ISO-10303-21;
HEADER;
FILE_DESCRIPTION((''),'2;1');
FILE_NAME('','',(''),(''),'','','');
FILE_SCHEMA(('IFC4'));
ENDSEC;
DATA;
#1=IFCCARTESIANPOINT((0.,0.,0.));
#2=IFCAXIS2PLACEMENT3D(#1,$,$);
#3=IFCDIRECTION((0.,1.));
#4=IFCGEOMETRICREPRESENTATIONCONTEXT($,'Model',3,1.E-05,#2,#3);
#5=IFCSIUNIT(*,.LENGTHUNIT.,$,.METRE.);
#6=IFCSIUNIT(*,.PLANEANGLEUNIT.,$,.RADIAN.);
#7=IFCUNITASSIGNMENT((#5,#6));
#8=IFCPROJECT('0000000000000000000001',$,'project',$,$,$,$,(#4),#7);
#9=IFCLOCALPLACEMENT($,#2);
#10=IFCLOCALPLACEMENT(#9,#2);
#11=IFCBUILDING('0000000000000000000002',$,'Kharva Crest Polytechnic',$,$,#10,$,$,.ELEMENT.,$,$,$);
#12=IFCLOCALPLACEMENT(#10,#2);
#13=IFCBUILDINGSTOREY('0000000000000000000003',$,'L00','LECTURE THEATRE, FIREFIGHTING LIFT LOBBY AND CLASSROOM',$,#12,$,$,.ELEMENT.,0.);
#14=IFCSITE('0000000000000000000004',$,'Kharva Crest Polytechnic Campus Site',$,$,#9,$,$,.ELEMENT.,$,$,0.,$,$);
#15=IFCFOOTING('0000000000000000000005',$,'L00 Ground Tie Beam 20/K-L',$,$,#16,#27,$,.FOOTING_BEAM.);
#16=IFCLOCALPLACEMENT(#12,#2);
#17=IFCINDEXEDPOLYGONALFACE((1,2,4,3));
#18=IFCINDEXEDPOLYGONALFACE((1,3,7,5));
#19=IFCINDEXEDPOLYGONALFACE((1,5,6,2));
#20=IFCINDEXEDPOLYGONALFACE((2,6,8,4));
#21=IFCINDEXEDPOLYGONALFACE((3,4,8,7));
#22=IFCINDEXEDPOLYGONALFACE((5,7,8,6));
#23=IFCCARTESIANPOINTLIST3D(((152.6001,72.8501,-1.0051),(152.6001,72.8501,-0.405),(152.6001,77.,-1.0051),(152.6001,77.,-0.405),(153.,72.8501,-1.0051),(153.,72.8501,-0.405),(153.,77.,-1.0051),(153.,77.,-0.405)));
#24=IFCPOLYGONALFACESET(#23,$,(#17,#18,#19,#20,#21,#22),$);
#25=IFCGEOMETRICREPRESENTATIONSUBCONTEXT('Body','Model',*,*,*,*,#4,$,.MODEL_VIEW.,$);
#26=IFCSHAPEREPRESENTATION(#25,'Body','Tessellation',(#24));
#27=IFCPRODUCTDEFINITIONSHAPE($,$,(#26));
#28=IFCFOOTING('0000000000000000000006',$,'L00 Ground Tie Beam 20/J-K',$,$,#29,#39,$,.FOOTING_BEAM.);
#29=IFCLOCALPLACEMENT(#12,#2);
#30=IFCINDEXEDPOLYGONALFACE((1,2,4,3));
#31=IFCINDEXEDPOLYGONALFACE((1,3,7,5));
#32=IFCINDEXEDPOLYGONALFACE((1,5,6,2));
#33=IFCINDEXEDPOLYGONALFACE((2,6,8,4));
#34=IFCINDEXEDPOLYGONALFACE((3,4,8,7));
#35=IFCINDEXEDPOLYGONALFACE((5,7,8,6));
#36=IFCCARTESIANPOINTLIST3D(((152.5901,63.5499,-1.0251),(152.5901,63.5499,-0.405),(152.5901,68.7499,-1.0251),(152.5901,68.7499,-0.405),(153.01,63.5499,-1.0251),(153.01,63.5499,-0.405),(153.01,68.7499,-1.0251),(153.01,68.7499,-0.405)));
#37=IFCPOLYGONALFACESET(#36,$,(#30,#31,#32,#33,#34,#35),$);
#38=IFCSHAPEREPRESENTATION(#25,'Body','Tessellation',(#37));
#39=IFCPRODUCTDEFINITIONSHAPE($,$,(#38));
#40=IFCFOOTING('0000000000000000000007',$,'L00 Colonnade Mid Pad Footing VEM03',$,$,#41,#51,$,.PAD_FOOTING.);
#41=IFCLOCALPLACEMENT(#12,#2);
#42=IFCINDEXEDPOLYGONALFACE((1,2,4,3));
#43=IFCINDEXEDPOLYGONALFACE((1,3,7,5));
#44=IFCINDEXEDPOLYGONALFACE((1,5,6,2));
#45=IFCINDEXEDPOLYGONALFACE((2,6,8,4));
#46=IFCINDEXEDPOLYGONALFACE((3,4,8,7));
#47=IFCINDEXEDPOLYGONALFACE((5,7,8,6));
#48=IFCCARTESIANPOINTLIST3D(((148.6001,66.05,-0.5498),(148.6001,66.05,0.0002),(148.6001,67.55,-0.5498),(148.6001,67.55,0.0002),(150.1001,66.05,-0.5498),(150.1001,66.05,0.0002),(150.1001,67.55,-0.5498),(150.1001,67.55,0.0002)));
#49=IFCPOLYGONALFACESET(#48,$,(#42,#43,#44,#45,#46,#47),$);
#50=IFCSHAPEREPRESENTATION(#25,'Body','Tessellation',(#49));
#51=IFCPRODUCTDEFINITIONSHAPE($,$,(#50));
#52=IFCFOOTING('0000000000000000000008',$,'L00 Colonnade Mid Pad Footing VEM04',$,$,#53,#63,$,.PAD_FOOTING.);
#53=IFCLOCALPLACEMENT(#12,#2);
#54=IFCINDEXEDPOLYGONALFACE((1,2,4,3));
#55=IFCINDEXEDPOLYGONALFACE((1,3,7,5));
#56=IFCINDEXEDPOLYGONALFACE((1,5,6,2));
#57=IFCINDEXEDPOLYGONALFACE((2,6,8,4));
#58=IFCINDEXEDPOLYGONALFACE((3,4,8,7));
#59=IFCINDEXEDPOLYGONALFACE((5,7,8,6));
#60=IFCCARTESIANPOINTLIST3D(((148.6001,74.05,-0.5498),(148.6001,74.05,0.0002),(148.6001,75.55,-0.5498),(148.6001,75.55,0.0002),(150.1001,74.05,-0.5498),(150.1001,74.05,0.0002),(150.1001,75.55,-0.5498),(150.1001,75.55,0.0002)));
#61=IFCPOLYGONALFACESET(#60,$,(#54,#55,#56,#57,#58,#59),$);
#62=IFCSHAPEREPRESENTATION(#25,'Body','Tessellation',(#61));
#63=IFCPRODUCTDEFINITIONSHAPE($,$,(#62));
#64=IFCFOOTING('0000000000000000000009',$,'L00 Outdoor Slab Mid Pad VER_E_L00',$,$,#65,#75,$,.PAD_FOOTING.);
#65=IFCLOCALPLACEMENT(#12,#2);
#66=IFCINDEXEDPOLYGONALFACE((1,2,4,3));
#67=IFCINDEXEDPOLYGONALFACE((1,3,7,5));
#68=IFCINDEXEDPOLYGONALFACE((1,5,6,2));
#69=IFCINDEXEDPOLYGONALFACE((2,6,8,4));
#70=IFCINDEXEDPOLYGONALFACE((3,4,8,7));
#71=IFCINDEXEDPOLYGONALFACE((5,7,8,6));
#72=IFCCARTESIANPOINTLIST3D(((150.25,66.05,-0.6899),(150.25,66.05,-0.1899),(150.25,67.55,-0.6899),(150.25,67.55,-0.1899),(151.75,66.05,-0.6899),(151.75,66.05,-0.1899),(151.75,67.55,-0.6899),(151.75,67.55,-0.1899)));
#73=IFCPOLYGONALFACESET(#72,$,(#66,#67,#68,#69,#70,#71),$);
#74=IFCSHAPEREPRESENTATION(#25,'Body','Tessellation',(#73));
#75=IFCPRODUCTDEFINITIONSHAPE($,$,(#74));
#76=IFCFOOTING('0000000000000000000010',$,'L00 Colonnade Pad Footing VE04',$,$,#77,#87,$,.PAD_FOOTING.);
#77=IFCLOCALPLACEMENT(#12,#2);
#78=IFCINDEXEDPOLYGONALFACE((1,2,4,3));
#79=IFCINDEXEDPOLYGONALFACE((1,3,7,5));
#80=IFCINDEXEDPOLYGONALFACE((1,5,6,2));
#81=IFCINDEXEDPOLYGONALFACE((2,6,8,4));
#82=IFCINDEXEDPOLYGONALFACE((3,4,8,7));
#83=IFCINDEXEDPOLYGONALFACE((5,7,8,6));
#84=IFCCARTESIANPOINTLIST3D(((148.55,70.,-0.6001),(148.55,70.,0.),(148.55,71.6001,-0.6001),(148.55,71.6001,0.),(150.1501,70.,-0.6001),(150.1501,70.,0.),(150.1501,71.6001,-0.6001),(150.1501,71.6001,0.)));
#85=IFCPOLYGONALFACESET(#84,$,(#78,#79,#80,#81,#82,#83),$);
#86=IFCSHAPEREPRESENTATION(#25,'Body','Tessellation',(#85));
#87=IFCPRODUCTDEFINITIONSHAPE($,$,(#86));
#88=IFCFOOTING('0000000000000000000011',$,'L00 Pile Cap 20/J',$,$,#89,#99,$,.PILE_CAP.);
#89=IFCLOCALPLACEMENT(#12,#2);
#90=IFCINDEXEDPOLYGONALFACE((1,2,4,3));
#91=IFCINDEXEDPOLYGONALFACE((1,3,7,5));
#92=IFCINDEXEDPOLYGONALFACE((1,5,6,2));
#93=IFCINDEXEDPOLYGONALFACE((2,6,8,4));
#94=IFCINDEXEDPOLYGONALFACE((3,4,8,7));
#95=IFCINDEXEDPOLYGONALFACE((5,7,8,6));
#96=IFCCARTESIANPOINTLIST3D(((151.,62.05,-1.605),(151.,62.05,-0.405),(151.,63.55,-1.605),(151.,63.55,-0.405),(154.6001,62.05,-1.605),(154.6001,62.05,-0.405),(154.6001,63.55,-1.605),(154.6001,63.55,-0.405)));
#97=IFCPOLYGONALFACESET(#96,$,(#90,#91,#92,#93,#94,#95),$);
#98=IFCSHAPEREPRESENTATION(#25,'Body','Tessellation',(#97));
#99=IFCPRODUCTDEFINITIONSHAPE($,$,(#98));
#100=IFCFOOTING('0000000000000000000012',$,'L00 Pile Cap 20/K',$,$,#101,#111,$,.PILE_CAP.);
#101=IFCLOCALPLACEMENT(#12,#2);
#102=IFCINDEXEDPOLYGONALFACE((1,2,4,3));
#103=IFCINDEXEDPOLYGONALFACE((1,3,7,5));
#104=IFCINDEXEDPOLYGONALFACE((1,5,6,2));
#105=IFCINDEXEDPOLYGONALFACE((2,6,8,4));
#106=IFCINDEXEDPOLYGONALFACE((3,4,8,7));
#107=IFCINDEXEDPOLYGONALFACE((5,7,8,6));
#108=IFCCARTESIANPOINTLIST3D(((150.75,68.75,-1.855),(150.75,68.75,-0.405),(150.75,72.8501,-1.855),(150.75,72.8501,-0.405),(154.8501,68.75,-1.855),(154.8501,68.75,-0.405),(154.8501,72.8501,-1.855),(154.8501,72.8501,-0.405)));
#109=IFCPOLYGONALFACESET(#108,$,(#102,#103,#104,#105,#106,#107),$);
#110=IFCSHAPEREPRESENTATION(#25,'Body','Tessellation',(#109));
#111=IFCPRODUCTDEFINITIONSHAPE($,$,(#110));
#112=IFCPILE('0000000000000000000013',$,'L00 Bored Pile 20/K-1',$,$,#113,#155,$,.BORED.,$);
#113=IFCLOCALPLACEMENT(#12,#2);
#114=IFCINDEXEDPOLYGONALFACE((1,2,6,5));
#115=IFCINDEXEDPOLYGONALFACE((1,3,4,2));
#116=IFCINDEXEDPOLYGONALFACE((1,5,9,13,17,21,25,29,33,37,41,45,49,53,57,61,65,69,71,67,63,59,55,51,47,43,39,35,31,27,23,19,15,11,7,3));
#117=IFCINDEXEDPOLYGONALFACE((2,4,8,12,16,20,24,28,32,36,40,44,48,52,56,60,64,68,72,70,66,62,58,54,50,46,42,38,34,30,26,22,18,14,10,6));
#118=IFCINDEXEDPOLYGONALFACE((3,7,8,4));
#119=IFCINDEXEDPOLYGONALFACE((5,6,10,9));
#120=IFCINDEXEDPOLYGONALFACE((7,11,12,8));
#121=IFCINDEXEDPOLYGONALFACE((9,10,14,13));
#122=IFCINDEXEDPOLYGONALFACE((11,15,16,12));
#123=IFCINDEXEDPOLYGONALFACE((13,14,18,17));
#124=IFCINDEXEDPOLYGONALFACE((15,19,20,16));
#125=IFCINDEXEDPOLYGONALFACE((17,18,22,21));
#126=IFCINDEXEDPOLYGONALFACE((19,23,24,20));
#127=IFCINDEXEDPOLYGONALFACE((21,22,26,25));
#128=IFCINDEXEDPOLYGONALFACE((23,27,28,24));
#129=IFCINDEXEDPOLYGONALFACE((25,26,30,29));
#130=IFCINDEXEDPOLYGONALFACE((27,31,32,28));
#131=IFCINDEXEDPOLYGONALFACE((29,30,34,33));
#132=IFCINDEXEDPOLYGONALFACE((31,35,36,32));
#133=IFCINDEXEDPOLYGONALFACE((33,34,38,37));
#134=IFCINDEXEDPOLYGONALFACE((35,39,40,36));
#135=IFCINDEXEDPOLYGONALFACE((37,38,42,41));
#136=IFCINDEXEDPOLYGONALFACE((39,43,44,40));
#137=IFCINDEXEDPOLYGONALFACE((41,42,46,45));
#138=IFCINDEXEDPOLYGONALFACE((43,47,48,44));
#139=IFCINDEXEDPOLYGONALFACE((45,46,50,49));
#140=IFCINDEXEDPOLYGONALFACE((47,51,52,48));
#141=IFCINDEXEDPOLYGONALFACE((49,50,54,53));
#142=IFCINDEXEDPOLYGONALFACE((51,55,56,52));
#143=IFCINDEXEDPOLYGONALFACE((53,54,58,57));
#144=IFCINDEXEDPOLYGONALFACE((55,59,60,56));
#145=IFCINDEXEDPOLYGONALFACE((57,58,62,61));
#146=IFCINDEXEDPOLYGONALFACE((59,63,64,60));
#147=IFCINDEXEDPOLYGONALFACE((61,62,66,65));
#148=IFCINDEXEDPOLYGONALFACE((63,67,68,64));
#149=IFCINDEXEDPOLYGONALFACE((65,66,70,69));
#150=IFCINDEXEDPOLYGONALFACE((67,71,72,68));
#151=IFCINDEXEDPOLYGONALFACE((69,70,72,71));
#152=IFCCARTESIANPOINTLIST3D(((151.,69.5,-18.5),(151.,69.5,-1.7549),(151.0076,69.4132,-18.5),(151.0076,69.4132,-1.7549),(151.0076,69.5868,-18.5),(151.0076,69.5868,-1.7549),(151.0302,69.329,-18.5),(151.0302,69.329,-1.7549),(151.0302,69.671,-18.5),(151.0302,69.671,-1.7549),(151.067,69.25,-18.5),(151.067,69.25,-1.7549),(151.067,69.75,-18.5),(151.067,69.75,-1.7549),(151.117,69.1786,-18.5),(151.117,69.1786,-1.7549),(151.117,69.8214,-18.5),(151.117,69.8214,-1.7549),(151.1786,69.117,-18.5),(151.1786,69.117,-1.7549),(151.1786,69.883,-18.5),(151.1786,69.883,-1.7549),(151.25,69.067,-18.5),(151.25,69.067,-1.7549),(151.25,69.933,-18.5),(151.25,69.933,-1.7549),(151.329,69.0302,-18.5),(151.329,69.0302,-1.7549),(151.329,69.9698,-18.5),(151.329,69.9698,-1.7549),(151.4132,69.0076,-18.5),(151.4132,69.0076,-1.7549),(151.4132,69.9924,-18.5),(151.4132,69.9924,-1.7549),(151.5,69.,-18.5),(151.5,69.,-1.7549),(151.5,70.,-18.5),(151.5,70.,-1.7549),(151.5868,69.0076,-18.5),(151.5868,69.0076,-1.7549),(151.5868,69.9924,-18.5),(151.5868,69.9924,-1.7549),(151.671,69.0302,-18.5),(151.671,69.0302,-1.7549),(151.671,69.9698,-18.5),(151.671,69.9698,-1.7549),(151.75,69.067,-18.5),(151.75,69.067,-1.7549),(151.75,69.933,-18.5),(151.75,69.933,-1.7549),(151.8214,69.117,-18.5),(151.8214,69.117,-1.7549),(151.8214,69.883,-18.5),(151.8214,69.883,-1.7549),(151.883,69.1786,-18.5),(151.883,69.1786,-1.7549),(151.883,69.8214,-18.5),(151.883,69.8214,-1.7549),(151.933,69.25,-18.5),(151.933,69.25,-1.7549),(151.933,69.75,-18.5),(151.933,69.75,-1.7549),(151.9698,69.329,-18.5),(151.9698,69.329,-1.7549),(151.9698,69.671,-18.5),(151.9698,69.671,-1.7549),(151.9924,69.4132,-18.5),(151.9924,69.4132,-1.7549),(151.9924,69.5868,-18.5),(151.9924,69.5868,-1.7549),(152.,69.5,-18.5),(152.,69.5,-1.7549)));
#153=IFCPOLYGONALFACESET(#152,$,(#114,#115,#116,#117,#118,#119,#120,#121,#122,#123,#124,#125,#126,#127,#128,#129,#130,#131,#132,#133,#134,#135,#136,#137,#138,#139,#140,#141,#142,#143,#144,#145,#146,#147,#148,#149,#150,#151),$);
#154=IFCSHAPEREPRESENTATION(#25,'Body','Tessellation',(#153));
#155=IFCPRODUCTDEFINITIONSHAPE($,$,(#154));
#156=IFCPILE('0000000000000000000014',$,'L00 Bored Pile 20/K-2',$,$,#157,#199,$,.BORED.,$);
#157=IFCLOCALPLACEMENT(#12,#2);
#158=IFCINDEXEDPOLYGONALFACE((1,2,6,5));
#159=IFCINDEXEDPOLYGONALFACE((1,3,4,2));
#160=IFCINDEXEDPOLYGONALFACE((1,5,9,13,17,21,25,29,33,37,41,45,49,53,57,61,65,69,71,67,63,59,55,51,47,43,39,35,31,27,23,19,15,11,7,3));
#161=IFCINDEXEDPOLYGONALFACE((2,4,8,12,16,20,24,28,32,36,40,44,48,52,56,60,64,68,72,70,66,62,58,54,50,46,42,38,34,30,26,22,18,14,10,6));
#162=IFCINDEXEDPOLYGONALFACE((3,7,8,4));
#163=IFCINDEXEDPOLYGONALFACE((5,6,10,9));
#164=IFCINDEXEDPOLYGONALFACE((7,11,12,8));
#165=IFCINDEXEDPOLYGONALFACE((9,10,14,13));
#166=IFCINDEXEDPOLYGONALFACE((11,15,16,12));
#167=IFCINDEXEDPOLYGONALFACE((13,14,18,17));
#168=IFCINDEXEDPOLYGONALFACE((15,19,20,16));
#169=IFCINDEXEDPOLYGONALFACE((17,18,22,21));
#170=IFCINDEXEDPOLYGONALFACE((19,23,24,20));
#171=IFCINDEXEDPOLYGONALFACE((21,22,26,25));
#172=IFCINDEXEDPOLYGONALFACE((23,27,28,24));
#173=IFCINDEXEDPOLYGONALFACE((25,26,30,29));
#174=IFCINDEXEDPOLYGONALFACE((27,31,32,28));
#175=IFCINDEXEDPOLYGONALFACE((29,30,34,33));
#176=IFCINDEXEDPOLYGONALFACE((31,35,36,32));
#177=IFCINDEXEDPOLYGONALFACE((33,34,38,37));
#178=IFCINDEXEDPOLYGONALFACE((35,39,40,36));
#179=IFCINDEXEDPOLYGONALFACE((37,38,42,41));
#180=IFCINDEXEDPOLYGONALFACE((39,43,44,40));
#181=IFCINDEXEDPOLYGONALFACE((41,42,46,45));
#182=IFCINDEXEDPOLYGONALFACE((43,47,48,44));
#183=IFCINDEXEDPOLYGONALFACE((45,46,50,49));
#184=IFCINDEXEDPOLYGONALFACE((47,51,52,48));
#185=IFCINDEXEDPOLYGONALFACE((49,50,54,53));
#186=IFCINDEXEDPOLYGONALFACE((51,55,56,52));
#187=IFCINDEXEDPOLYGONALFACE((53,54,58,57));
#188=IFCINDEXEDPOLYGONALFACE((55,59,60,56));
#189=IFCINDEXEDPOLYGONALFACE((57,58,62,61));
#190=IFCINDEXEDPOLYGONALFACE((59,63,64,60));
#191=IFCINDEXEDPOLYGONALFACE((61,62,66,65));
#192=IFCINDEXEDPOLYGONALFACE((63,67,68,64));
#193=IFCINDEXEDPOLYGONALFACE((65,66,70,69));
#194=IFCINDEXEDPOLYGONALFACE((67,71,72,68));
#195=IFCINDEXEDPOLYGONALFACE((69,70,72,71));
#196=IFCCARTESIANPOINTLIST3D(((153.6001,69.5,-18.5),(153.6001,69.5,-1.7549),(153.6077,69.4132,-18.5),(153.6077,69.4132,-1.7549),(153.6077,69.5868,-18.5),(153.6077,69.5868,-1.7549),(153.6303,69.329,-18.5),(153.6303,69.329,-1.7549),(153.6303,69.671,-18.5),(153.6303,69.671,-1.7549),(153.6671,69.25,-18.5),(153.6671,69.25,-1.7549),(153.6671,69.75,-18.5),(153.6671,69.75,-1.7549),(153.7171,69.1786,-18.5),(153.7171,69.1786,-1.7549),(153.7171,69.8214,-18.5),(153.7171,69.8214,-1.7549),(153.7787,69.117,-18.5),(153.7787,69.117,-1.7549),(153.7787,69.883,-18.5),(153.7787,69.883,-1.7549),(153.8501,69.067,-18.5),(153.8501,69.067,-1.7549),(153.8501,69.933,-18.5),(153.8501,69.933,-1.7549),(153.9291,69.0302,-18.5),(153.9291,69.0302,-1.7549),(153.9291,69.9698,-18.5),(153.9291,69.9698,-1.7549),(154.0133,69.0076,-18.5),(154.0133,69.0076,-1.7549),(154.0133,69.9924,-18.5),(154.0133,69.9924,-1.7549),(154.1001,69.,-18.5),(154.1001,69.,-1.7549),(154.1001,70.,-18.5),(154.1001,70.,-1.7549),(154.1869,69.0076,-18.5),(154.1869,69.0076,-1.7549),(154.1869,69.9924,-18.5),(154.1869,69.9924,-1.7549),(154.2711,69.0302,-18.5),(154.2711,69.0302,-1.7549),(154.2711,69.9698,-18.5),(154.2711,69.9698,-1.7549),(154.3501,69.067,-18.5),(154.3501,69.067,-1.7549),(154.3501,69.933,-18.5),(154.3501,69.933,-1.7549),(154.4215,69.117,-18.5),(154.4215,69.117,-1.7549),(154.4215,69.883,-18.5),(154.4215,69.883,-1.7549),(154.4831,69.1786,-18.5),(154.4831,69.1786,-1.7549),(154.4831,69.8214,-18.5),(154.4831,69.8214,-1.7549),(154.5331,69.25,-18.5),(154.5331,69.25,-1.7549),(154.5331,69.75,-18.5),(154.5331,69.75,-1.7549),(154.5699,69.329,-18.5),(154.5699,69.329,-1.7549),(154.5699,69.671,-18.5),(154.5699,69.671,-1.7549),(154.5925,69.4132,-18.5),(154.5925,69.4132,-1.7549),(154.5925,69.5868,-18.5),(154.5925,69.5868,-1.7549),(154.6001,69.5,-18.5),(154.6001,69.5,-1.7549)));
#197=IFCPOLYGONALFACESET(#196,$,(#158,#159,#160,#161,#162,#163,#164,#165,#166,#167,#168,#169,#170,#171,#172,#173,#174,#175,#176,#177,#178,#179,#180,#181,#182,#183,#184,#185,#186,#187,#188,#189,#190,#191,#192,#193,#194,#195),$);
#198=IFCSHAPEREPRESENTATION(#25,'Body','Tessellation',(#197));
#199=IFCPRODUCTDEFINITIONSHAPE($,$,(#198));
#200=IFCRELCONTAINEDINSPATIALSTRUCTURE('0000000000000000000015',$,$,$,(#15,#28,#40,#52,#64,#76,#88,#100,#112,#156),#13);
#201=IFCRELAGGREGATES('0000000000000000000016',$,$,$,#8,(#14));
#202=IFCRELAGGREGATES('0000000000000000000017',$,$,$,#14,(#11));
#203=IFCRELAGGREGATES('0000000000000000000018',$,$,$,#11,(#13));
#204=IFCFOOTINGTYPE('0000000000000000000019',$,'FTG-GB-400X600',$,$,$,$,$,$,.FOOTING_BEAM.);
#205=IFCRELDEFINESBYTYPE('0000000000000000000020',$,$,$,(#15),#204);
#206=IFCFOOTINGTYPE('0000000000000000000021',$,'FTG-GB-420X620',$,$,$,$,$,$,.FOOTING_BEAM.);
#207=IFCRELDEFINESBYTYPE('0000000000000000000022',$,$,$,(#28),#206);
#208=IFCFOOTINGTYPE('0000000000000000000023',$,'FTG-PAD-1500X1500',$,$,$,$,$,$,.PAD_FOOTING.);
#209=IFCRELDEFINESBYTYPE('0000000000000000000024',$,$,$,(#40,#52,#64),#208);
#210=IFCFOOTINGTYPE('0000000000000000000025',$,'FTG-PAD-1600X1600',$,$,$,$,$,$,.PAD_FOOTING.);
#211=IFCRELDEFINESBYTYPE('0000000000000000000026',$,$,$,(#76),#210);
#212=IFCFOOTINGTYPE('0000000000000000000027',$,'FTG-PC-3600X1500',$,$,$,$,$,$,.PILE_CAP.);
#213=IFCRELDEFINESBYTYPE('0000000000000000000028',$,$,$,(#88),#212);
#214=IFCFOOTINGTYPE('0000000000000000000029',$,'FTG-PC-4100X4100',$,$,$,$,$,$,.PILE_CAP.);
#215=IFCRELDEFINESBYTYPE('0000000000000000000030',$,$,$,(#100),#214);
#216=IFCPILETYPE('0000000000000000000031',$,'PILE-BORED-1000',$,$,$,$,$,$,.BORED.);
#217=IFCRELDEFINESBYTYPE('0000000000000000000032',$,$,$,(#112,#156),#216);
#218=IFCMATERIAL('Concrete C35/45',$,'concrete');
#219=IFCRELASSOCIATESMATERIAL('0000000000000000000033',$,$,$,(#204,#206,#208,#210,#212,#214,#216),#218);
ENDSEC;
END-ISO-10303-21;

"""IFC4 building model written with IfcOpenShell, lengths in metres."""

from ifc_helpers import new_model, si_unit, direction, frame, origin, origin_2d, place, context, subcontext, project, spatial, rectangle, circle, extrude, material, material_profile, profile_set, type_object, element, save


model = new_model("IFC4")

# Units and contexts
model_context = context("Model", 3, precision=1e-05, world=origin(), true_north=direction((0.0, 1.0)))
body_context = subcontext(model_context, "Body", "Model", "MODEL_VIEW")
ifc_project = project(units=[si_unit("LENGTHUNIT", "METRE"), si_unit("PLANEANGLEUNIT", "RADIAN")], contexts=[model_context])

# Site, building, storey
site_placement = place(None, origin())
site = spatial("IfcSite", under=ifc_project, at=site_placement, Name="Kharva Crest Polytechnic Campus Site", CompositionType="ELEMENT", RefElevation=0.0)
building_placement = place(site_placement, origin())
building = spatial("IfcBuilding", under=site, at=building_placement, Name="Kharva Crest Polytechnic", CompositionType="ELEMENT")
storey_placement = place(building_placement, origin())
storey = spatial("IfcBuildingStorey", under=building, at=storey_placement, Name="L00", Description="LECTURE THEATRE, FIREFIGHTING LIFT LOBBY AND CLASSROOM", CompositionType="ELEMENT", Elevation=0.0)

# Footings
ifc_material_1 = material(Name="Concrete C35/45", Category="concrete")
footing_type_1 = type_object("IfcFootingType", Name="FTG-GB-400X600", PredefinedType="FOOTING_BEAM", material=ifc_material_1)
footing_1_placement = place(storey_placement, frame((152.8, 74.925, -1.0051), z_axis=(0.0, 0.0, 1.0), x_axis=(0.0, 1.0, 0.0)))
element("IfcFooting", 1, at=footing_1_placement, inside=storey, type_object=footing_type_1, Name="L00 Ground Tie Beam 20/K-L", PredefinedType="FOOTING_BEAM", context=body_context, shape_type="SweptSolid", body=[
    extrude(rectangle(XDim=4.1499, YDim=0.3999, at=origin_2d()), origin(), (0.0, 0.0, 1.0), 0.6001),
])
footing_type_2 = type_object("IfcFootingType", Name="FTG-GB-420X620", PredefinedType="FOOTING_BEAM", material=ifc_material_1)
footing_2_placement = place(storey_placement, frame((152.8, 66.1499, -1.0251), z_axis=(0.0, 0.0, 1.0), x_axis=(0.0, 1.0, 0.0)))
element("IfcFooting", 2, at=footing_2_placement, inside=storey, type_object=footing_type_2, Name="L00 Ground Tie Beam 20/J-K", PredefinedType="FOOTING_BEAM", context=body_context, shape_type="SweptSolid", body=[
    extrude(rectangle(XDim=5.2, YDim=0.4199, at=origin_2d()), origin(), (0.0, 0.0, 1.0), 0.6201),
])
footing_type_3 = type_object("IfcFootingType", Name="FTG-PAD-1500X1500", PredefinedType="PAD_FOOTING", material=ifc_material_1)
for number, where, z_axis, x_axis, name in (
    (3, (149.3501, 66.8, -0.5498), (0.0, 0.0, 1.0), (1.0, 0.0, 0.0), "L00 Colonnade Mid Pad Footing VEM03"),
    (4, (149.3501, 74.8, -0.5498), (0.0, 0.0, 1.0), (1.0, 0.0, 0.0), "L00 Colonnade Mid Pad Footing VEM04"),
):
    element("IfcFooting", number, at=place(storey_placement, frame(where, z_axis=z_axis, x_axis=x_axis)), inside=storey, type_object=footing_type_3, Name=name, PredefinedType="PAD_FOOTING", context=body_context, shape_type="SweptSolid", body=[
        extrude(rectangle(XDim=1.5, YDim=1.5, at=origin_2d()), origin(), (0.0, 0.0, 1.0), 0.55),
    ])
footing_3_placement = place(storey_placement, frame((151.0, 66.8, -0.6899), z_axis=(0.0, 0.0, 1.0), x_axis=(1.0, 0.0, 0.0)))
element("IfcFooting", 5, at=footing_3_placement, inside=storey, type_object=footing_type_3, Name="L00 Outdoor Slab Mid Pad VER_E_L00", PredefinedType="PAD_FOOTING", context=body_context, shape_type="SweptSolid", body=[
    extrude(rectangle(XDim=1.5, YDim=1.5, at=origin_2d()), origin(), (0.0, 0.0, 1.0), 0.5),
])
footing_type_4 = type_object("IfcFootingType", Name="FTG-PAD-1600X1600", PredefinedType="PAD_FOOTING", material=ifc_material_1)
footing_4_placement = place(storey_placement, frame((149.3501, 70.8, -0.6001), z_axis=(0.0, 0.0, 1.0), x_axis=(1.0, 0.0, 0.0)))
element("IfcFooting", 6, at=footing_4_placement, inside=storey, type_object=footing_type_4, Name="L00 Colonnade Pad Footing VE04", PredefinedType="PAD_FOOTING", context=body_context, shape_type="SweptSolid", body=[
    extrude(rectangle(XDim=1.6001, YDim=1.6001, at=origin_2d()), origin(), (0.0, 0.0, 1.0), 0.6001),
])
footing_type_5 = type_object("IfcFootingType", Name="FTG-PC-3600X1500", PredefinedType="PILE_CAP", material=ifc_material_1)
footing_5_placement = place(storey_placement, frame((152.8, 62.8, -1.605), z_axis=(0.0, 0.0, 1.0), x_axis=(1.0, 0.0, 0.0)))
element("IfcFooting", 7, at=footing_5_placement, inside=storey, type_object=footing_type_5, Name="L00 Pile Cap 20/J", PredefinedType="PILE_CAP", context=body_context, shape_type="SweptSolid", body=[
    extrude(rectangle(XDim=3.6001, YDim=1.5, at=origin_2d()), origin(), (0.0, 0.0, 1.0), 1.2),
])
footing_type_6 = type_object("IfcFootingType", Name="FTG-PC-4100X4100", PredefinedType="PILE_CAP", material=ifc_material_1)
footing_6_placement = place(storey_placement, frame((152.8, 70.8, -1.855), z_axis=(0.0, 0.0, 1.0), x_axis=(1.0, 0.0, 0.0)))
element("IfcFooting", 8, at=footing_6_placement, inside=storey, type_object=footing_type_6, Name="L00 Pile Cap 20/K", PredefinedType="PILE_CAP", context=body_context, shape_type="SweptSolid", body=[
    extrude(rectangle(XDim=4.1001, YDim=4.1001, at=origin_2d()), origin(), (0.0, 0.0, 1.0), 1.45),
])

# Piles
ifc_material_profile_1 = material_profile(ifc_material_1, circle(Radius=0.5, at=origin_2d()), Name="DIA 1000")
ifc_profile_set_1 = profile_set([ifc_material_profile_1], Name="Concrete C35/45")
pile_type_1 = type_object("IfcPileType", Name="PILE-BORED-1000", PredefinedType="BORED", material=ifc_profile_set_1)
for number, where, z_axis, x_axis, name in (
    (9, (151.5, 69.5, -1.7549), (0.0, 0.0, -1.0), (1.0, 0.0, 0.0), "L00 Bored Pile 20/K-1"),
    (10, (154.1001, 69.5, -1.7549), (0.0, 0.0, -1.0), (1.0, 0.0, 0.0), "L00 Bored Pile 20/K-2"),
):
    element("IfcPile", number, at=place(storey_placement, frame(where, z_axis=z_axis, x_axis=x_axis)), inside=storey, type_object=pile_type_1, Name=name, PredefinedType="BORED", context=body_context, shape_type="SweptSolid", body=[
        extrude(circle(Radius=0.5, at=origin_2d()), origin(), (0.0, 0.0, 1.0), 16.7451),
    ])

save(model, "model.ifc")
